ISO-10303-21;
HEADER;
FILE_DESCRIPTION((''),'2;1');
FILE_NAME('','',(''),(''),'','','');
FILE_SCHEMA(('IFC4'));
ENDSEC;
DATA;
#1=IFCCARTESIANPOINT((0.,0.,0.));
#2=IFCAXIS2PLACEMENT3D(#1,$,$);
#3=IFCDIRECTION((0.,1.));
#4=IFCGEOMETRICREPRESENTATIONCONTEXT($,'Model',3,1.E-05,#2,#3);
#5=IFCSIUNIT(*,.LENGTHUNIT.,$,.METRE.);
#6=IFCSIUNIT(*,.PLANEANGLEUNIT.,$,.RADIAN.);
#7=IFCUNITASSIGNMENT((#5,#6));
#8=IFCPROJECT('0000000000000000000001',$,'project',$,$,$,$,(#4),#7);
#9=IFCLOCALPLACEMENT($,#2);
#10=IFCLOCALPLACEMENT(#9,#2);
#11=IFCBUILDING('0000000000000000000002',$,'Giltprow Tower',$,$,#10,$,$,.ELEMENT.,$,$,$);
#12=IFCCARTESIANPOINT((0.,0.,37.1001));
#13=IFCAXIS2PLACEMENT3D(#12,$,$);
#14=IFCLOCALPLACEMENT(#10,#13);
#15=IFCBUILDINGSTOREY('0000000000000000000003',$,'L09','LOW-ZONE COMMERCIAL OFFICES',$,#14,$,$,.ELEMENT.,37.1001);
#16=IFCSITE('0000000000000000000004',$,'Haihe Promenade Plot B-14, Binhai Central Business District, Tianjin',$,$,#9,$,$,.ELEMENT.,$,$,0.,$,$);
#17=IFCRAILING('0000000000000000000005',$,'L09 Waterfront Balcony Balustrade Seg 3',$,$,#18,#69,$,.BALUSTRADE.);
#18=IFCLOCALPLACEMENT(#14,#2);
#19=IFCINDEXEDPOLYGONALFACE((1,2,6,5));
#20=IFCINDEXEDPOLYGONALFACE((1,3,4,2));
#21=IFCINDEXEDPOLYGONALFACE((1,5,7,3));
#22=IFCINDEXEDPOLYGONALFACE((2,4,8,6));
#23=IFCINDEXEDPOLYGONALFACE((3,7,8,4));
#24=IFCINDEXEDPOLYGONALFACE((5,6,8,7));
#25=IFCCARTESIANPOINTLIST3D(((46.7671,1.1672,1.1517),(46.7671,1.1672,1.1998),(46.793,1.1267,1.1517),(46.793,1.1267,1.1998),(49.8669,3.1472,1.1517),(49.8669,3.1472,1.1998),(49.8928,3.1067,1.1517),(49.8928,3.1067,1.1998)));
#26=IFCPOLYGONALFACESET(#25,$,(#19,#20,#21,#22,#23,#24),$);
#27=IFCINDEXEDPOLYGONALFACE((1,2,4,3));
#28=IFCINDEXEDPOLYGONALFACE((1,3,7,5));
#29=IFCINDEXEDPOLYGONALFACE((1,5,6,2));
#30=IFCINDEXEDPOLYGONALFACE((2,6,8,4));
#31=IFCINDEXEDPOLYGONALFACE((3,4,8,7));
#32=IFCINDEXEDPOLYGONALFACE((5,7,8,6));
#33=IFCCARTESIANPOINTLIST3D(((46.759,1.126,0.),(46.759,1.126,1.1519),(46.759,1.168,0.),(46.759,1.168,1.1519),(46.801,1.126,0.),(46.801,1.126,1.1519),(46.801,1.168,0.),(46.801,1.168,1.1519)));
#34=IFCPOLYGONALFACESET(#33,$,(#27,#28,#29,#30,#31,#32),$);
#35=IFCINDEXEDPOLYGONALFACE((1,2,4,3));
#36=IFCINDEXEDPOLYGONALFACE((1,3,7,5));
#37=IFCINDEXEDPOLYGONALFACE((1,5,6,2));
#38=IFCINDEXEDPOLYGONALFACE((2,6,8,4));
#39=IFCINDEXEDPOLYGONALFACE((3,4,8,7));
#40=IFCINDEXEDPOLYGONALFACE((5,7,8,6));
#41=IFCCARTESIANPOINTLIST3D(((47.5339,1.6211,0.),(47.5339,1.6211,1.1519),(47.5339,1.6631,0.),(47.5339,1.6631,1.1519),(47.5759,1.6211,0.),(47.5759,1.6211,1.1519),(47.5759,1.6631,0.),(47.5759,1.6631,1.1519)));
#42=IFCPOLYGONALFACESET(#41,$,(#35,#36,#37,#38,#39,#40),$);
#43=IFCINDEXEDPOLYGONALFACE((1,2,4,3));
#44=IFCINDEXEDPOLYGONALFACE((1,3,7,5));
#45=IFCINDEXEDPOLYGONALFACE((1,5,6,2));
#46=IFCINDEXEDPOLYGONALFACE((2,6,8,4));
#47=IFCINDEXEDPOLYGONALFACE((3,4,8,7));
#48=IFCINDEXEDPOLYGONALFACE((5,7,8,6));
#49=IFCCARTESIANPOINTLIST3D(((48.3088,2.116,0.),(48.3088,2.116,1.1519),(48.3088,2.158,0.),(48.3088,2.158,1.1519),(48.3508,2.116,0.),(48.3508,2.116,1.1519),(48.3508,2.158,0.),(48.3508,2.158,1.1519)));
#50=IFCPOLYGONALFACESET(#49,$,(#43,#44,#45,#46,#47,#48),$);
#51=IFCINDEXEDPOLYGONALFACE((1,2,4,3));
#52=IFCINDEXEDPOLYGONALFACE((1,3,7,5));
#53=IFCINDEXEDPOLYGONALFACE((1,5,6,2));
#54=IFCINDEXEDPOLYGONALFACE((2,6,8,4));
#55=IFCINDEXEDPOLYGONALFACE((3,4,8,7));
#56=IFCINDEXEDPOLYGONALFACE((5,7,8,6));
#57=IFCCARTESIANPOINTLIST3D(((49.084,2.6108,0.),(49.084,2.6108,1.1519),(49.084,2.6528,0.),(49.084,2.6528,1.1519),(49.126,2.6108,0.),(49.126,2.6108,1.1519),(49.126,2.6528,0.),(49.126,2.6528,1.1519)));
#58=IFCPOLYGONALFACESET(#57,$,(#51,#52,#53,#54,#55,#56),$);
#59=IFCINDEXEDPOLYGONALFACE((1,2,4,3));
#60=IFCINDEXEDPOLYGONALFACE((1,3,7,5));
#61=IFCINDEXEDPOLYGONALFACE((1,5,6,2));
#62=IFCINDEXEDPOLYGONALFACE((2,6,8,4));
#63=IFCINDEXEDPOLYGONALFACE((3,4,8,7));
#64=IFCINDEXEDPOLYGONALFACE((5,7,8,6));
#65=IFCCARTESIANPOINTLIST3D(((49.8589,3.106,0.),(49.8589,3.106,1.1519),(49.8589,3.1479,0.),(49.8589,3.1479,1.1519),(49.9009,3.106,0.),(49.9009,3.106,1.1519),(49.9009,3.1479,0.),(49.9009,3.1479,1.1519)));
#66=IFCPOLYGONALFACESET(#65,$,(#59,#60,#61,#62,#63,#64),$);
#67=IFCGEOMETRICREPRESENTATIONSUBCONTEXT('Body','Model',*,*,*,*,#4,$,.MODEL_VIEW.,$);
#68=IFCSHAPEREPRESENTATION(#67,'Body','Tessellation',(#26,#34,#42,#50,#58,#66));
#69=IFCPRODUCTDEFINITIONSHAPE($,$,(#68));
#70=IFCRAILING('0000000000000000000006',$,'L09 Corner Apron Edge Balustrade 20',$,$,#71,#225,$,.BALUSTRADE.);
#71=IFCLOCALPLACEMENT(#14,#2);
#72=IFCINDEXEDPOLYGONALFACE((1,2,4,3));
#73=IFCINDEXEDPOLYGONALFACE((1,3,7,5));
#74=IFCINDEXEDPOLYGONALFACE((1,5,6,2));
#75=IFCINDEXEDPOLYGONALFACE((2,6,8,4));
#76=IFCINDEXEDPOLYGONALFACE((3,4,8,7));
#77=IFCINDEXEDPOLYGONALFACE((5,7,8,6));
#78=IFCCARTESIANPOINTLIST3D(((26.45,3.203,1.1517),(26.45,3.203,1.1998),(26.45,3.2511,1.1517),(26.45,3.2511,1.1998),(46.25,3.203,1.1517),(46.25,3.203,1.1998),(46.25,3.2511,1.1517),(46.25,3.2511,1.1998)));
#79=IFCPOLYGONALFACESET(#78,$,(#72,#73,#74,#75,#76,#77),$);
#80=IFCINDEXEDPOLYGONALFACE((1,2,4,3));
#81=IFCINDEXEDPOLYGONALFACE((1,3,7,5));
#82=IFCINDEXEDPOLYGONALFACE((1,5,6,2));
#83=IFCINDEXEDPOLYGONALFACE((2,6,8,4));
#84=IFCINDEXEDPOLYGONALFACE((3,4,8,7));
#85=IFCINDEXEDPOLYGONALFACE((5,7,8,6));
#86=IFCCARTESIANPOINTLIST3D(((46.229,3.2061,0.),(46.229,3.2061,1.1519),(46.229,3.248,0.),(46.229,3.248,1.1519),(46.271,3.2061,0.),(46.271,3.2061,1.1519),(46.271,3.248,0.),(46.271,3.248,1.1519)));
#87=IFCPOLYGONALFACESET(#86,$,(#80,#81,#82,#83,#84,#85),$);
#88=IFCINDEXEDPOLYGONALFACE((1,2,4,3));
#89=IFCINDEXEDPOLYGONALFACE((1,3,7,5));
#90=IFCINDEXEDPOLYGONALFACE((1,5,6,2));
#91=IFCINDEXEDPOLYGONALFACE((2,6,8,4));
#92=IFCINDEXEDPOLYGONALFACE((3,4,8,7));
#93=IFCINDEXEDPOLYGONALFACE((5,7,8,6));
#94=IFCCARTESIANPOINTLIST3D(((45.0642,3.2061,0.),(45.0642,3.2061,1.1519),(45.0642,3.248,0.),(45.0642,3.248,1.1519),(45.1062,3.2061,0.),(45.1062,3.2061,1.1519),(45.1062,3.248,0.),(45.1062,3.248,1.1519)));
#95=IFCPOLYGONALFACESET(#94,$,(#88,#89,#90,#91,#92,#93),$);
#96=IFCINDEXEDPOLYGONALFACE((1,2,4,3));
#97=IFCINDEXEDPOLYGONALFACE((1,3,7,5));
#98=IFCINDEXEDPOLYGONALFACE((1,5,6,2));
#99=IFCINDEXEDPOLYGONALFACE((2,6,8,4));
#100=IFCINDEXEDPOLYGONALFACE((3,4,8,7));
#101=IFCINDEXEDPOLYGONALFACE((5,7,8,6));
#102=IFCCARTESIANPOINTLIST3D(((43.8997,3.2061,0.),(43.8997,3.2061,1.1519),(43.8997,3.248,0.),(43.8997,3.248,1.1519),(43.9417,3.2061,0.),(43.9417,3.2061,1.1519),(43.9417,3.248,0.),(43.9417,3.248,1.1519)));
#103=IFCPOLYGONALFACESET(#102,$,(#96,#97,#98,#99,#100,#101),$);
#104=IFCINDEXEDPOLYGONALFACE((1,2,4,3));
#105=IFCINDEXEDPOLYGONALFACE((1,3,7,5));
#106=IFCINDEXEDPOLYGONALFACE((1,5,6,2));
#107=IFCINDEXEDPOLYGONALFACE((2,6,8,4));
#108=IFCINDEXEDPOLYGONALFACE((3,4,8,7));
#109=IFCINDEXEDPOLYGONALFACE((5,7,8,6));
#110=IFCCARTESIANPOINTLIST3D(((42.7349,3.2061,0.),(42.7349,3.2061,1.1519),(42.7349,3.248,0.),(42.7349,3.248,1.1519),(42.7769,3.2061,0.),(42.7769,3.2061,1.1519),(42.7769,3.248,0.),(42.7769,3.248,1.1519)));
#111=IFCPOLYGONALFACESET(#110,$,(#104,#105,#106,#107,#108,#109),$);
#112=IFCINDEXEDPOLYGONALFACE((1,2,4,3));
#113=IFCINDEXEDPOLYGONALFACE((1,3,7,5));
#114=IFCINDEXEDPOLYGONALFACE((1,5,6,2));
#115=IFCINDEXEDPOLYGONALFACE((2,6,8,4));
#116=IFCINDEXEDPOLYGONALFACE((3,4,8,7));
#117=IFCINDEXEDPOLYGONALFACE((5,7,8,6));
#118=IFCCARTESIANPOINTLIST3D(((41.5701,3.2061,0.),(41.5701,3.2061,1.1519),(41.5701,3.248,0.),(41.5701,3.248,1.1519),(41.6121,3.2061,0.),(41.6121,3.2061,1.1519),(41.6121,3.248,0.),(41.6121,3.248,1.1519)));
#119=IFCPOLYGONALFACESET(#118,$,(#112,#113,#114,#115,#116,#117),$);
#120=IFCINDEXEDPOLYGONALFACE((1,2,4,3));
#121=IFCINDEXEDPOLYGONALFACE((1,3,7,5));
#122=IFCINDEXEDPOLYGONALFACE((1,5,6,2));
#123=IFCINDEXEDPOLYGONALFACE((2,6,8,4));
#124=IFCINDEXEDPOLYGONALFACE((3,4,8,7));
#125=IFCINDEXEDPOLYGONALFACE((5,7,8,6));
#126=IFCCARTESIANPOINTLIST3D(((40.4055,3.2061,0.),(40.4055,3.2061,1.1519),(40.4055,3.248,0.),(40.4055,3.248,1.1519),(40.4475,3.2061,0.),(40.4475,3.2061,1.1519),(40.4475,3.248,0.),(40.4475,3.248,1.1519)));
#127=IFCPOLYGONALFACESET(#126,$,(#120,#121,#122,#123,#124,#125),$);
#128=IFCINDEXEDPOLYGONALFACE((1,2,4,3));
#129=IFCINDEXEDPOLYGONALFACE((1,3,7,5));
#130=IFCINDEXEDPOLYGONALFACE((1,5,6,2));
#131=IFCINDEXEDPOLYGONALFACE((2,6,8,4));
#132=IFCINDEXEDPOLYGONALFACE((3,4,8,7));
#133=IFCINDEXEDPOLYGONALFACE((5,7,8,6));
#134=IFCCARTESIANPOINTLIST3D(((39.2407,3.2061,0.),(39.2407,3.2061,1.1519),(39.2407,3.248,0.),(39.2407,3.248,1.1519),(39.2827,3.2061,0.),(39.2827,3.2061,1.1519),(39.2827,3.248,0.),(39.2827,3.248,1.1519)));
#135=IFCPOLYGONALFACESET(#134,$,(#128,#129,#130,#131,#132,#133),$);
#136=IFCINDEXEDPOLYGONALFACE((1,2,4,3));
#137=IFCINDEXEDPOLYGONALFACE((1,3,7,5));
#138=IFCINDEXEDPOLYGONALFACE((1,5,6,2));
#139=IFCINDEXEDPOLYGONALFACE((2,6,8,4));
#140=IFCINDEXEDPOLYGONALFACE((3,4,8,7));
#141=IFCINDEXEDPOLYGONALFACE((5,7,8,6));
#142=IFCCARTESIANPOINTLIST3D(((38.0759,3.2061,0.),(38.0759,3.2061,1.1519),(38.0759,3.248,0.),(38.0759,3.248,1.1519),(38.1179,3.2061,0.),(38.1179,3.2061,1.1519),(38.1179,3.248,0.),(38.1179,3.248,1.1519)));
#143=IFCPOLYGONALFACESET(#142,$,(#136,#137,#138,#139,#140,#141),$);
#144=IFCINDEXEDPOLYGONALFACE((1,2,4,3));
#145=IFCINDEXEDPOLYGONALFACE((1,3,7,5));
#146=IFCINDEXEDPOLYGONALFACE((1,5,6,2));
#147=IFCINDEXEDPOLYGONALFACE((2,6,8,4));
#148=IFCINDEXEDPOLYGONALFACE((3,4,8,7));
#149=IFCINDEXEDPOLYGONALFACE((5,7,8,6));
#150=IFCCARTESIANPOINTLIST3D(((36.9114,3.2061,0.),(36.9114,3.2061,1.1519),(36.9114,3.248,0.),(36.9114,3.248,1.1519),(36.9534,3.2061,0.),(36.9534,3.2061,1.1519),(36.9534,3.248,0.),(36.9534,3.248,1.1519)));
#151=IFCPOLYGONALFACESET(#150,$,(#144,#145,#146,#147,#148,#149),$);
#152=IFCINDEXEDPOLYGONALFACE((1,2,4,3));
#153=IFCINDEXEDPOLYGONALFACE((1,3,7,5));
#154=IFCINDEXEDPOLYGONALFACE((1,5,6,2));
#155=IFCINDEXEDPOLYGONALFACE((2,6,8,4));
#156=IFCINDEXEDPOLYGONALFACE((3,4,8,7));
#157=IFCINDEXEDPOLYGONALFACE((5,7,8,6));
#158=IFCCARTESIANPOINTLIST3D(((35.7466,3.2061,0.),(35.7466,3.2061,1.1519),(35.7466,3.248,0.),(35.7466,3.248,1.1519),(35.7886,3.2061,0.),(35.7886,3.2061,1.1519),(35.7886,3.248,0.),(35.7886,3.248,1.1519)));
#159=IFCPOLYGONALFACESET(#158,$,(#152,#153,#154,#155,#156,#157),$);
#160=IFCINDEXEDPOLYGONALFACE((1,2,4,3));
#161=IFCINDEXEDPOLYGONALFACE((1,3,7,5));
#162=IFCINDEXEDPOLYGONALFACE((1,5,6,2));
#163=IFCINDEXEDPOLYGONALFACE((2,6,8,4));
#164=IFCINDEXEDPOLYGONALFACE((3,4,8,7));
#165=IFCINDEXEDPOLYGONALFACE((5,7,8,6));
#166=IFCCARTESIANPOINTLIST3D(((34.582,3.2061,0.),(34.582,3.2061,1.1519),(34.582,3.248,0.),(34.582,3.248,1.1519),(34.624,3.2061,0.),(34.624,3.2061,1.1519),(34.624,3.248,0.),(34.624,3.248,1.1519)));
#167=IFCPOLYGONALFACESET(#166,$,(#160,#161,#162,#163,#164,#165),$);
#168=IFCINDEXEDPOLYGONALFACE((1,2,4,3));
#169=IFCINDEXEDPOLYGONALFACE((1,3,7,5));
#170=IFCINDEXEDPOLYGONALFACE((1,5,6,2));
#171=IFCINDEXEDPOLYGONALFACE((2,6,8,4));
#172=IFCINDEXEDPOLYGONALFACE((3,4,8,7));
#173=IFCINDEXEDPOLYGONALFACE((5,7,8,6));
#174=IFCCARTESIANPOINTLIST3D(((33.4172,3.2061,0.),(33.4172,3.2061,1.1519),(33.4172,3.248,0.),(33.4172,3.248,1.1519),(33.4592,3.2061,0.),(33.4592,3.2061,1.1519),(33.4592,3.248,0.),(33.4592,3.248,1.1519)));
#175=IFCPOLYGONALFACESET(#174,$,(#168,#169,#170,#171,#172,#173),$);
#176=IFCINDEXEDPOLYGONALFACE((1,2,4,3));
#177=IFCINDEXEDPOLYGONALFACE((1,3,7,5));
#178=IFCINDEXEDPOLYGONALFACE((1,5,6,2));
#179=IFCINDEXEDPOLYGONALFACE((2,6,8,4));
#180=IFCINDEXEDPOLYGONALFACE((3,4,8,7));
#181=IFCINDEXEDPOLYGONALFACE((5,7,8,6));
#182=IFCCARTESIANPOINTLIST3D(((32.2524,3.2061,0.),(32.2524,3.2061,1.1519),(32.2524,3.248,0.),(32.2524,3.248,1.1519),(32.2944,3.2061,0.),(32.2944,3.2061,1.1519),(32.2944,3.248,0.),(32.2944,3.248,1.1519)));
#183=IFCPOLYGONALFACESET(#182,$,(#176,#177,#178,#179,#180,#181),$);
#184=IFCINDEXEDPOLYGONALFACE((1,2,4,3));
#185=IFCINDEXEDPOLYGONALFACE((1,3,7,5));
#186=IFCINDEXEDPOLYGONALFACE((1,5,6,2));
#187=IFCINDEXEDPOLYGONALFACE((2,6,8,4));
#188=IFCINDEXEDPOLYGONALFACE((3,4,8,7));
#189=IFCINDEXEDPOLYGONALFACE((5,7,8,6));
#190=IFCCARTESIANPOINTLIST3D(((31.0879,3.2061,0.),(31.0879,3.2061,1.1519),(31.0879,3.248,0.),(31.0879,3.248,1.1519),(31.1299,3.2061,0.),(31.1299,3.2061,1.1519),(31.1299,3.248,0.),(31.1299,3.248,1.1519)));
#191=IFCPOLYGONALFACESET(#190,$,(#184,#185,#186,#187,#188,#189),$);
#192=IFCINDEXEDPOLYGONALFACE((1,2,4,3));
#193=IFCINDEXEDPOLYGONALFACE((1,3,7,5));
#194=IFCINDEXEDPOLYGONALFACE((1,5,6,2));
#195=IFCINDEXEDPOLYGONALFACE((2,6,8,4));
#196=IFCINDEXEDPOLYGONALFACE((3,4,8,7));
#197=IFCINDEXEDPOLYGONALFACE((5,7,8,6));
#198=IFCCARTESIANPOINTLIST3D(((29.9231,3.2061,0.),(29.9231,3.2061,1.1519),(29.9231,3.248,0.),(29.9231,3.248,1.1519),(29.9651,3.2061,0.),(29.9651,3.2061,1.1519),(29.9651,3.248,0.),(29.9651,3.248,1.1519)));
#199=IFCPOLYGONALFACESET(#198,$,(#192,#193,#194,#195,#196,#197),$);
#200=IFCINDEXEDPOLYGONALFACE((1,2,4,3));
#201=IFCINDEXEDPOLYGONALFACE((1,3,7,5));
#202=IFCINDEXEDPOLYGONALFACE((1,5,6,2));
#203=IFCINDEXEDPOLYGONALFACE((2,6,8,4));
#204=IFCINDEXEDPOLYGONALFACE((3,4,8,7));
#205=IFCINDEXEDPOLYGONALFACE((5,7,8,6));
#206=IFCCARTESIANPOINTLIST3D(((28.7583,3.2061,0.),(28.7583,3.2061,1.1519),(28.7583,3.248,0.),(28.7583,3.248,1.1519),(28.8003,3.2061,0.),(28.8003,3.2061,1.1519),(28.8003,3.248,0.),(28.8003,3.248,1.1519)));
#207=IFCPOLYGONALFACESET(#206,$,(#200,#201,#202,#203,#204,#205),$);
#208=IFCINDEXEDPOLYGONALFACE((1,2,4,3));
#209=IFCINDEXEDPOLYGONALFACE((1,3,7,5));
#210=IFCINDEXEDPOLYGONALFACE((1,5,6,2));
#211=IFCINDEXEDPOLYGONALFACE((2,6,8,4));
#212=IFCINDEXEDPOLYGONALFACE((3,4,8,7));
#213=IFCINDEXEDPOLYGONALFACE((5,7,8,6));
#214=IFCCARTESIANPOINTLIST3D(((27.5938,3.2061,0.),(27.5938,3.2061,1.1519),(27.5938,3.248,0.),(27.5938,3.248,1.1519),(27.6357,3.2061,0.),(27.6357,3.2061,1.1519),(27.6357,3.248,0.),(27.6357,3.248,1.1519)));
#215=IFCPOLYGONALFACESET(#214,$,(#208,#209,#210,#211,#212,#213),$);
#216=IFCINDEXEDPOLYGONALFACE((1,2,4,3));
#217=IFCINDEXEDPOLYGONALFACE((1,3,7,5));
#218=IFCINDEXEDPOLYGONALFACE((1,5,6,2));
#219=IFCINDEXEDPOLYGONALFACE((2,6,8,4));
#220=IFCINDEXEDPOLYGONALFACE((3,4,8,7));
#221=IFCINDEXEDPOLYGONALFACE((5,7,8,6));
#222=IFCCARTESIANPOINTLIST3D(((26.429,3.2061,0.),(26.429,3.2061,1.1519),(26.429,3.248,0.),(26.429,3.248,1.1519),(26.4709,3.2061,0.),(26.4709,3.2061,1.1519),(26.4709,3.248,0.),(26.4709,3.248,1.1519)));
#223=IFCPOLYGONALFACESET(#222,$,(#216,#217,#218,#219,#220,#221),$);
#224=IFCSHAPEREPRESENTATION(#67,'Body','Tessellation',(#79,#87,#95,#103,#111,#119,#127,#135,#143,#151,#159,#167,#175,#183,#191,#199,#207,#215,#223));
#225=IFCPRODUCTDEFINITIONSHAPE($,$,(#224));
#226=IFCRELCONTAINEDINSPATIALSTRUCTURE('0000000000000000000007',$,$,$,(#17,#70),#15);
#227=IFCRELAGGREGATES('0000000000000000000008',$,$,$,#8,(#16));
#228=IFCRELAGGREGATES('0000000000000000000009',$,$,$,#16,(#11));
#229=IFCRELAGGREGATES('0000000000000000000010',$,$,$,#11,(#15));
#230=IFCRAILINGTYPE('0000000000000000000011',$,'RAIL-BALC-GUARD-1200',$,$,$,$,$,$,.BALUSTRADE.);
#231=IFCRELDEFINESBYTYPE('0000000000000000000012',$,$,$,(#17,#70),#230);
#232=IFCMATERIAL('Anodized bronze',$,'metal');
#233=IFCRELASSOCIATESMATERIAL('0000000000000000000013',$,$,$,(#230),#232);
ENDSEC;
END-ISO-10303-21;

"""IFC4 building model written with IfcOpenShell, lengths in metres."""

from ifc_helpers import new_model, si_unit, direction, frame, origin, origin_2d, place, context, subcontext, project, spatial, rectangle, extrude, material, type_object, element, save


model = new_model("IFC4")

# Units and contexts
model_context = context("Model", 3, precision=1e-05, world=origin(), true_north=direction((0.0, 1.0)))
body_context = subcontext(model_context, "Body", "Model", "MODEL_VIEW")
ifc_project = project(units=[si_unit("LENGTHUNIT", "METRE"), si_unit("PLANEANGLEUNIT", "RADIAN")], contexts=[model_context])

# Site, building, storey
site_placement = place(None, origin())
site = spatial("IfcSite", under=ifc_project, at=site_placement, Name="Haihe Promenade Plot B-14, Binhai Central Business District, Tianjin", CompositionType="ELEMENT", RefElevation=0.0)
building_placement = place(site_placement, origin())
building = spatial("IfcBuilding", under=site, at=building_placement, Name="Giltprow Tower", CompositionType="ELEMENT")
storey_placement = place(building_placement, frame((0.0, 0.0, 37.1001)))
storey = spatial("IfcBuildingStorey", under=building, at=storey_placement, Name="L09", Description="LOW-ZONE COMMERCIAL OFFICES", CompositionType="ELEMENT", Elevation=37.1001)

# Shared definitions
ifc_material_1 = material(Name="Anodized bronze", Category="metal")

# Railings
railing_type = type_object("IfcRailingType", Name="RAIL-BALC-GUARD-1200", PredefinedType="BALUSTRADE", material=ifc_material_1)
railing_1_placement = place(storey_placement, frame((46.78, 1.147, 0.0)))
element("IfcRailing", 1, at=railing_1_placement, inside=storey, type_object=railing_type, Name="L09 Waterfront Balcony Balustrade Seg 3", PredefinedType="BALUSTRADE", context=body_context, shape_type="SweptSolid", body=[
    extrude(rectangle(XDim=0.0481, YDim=0.0481, at=origin_2d()), frame((0.0, 0.0, 1.1758), z_axis=(0.842756, 0.538296, 0.0), x_axis=(-0.538296, 0.842756, 0.0)), (0.0, 0.0, 1.0), 3.6782),
    extrude(rectangle(XDim=0.042, YDim=0.042, at=origin_2d()), origin(), (0.0, 0.0, 1.0), 1.1519),
    extrude(rectangle(XDim=0.042, YDim=0.042, at=origin_2d()), frame((0.7749, 0.4951, 0.0)), (0.0, 0.0, 1.0), 1.1519),
    extrude(rectangle(XDim=0.042, YDim=0.042, at=origin_2d()), frame((1.5498, 0.99, 0.0)), (0.0, 0.0, 1.0), 1.1519),
    extrude(rectangle(XDim=0.042, YDim=0.042, at=origin_2d()), frame((2.325, 1.4849, 0.0)), (0.0, 0.0, 1.0), 1.1519),
    extrude(rectangle(XDim=0.042, YDim=0.042, at=origin_2d()), frame((3.0999, 1.98, 0.0)), (0.0, 0.0, 1.0), 1.1519),
])
railing_2_placement = place(storey_placement, frame((46.25, 3.2271, 0.0)))
element("IfcRailing", 2, at=railing_2_placement, inside=storey, type_object=railing_type, Name="L09 Corner Apron Edge Balustrade 20", PredefinedType="BALUSTRADE", context=body_context, shape_type="SweptSolid", body=[
    extrude(rectangle(XDim=0.0481, YDim=0.0481, at=origin_2d()), frame((0.0, 0.0, 1.1758), z_axis=(-1.0, 0.0, 0.0), x_axis=(0.0, -1.0, 0.0)), (0.0, 0.0, 1.0), 19.8),
    extrude(rectangle(XDim=0.042, YDim=0.042, at=origin_2d()), origin(), (0.0, 0.0, 1.0), 1.1519),
    extrude(rectangle(XDim=0.042, YDim=0.042, at=origin_2d()), frame((-1.1648, 0.0, 0.0)), (0.0, 0.0, 1.0), 1.1519),
    extrude(rectangle(XDim=0.042, YDim=0.042, at=origin_2d()), frame((-2.3293, 0.0, 0.0)), (0.0, 0.0, 1.0), 1.1519),
    extrude(rectangle(XDim=0.042, YDim=0.042, at=origin_2d()), frame((-3.4941, 0.0, 0.0)), (0.0, 0.0, 1.0), 1.1519),
    extrude(rectangle(XDim=0.042, YDim=0.042, at=origin_2d()), frame((-4.6589, 0.0, 0.0)), (0.0, 0.0, 1.0), 1.1519),
    extrude(rectangle(XDim=0.042, YDim=0.042, at=origin_2d()), frame((-5.8235, 0.0, 0.0)), (0.0, 0.0, 1.0), 1.1519),
    extrude(rectangle(XDim=0.042, YDim=0.042, at=origin_2d()), frame((-6.9883, 0.0, 0.0)), (0.0, 0.0, 1.0), 1.1519),
    extrude(rectangle(XDim=0.042, YDim=0.042, at=origin_2d()), frame((-8.1531, 0.0, 0.0)), (0.0, 0.0, 1.0), 1.1519),
    extrude(rectangle(XDim=0.042, YDim=0.042, at=origin_2d()), frame((-9.3176, 0.0, 0.0)), (0.0, 0.0, 1.0), 1.1519),
    extrude(rectangle(XDim=0.042, YDim=0.042, at=origin_2d()), frame((-10.4824, 0.0, 0.0)), (0.0, 0.0, 1.0), 1.1519),
    extrude(rectangle(XDim=0.042, YDim=0.042, at=origin_2d()), frame((-11.647, 0.0, 0.0)), (0.0, 0.0, 1.0), 1.1519),
    extrude(rectangle(XDim=0.042, YDim=0.042, at=origin_2d()), frame((-12.8118, 0.0, 0.0)), (0.0, 0.0, 1.0), 1.1519),
    extrude(rectangle(XDim=0.042, YDim=0.042, at=origin_2d()), frame((-13.9766, 0.0, 0.0)), (0.0, 0.0, 1.0), 1.1519),
    extrude(rectangle(XDim=0.042, YDim=0.042, at=origin_2d()), frame((-15.1411, 0.0, 0.0)), (0.0, 0.0, 1.0), 1.1519),
    extrude(rectangle(XDim=0.042, YDim=0.042, at=origin_2d()), frame((-16.3059, 0.0, 0.0)), (0.0, 0.0, 1.0), 1.1519),
    extrude(rectangle(XDim=0.042, YDim=0.042, at=origin_2d()), frame((-17.4707, 0.0, 0.0)), (0.0, 0.0, 1.0), 1.1519),
    extrude(rectangle(XDim=0.042, YDim=0.042, at=origin_2d()), frame((-18.6353, 0.0, 0.0)), (0.0, 0.0, 1.0), 1.1519),
    extrude(rectangle(XDim=0.042, YDim=0.042, at=origin_2d()), frame((-19.8, 0.0, 0.0)), (0.0, 0.0, 1.0), 1.1519),
])

save(model, "model.ifc")
